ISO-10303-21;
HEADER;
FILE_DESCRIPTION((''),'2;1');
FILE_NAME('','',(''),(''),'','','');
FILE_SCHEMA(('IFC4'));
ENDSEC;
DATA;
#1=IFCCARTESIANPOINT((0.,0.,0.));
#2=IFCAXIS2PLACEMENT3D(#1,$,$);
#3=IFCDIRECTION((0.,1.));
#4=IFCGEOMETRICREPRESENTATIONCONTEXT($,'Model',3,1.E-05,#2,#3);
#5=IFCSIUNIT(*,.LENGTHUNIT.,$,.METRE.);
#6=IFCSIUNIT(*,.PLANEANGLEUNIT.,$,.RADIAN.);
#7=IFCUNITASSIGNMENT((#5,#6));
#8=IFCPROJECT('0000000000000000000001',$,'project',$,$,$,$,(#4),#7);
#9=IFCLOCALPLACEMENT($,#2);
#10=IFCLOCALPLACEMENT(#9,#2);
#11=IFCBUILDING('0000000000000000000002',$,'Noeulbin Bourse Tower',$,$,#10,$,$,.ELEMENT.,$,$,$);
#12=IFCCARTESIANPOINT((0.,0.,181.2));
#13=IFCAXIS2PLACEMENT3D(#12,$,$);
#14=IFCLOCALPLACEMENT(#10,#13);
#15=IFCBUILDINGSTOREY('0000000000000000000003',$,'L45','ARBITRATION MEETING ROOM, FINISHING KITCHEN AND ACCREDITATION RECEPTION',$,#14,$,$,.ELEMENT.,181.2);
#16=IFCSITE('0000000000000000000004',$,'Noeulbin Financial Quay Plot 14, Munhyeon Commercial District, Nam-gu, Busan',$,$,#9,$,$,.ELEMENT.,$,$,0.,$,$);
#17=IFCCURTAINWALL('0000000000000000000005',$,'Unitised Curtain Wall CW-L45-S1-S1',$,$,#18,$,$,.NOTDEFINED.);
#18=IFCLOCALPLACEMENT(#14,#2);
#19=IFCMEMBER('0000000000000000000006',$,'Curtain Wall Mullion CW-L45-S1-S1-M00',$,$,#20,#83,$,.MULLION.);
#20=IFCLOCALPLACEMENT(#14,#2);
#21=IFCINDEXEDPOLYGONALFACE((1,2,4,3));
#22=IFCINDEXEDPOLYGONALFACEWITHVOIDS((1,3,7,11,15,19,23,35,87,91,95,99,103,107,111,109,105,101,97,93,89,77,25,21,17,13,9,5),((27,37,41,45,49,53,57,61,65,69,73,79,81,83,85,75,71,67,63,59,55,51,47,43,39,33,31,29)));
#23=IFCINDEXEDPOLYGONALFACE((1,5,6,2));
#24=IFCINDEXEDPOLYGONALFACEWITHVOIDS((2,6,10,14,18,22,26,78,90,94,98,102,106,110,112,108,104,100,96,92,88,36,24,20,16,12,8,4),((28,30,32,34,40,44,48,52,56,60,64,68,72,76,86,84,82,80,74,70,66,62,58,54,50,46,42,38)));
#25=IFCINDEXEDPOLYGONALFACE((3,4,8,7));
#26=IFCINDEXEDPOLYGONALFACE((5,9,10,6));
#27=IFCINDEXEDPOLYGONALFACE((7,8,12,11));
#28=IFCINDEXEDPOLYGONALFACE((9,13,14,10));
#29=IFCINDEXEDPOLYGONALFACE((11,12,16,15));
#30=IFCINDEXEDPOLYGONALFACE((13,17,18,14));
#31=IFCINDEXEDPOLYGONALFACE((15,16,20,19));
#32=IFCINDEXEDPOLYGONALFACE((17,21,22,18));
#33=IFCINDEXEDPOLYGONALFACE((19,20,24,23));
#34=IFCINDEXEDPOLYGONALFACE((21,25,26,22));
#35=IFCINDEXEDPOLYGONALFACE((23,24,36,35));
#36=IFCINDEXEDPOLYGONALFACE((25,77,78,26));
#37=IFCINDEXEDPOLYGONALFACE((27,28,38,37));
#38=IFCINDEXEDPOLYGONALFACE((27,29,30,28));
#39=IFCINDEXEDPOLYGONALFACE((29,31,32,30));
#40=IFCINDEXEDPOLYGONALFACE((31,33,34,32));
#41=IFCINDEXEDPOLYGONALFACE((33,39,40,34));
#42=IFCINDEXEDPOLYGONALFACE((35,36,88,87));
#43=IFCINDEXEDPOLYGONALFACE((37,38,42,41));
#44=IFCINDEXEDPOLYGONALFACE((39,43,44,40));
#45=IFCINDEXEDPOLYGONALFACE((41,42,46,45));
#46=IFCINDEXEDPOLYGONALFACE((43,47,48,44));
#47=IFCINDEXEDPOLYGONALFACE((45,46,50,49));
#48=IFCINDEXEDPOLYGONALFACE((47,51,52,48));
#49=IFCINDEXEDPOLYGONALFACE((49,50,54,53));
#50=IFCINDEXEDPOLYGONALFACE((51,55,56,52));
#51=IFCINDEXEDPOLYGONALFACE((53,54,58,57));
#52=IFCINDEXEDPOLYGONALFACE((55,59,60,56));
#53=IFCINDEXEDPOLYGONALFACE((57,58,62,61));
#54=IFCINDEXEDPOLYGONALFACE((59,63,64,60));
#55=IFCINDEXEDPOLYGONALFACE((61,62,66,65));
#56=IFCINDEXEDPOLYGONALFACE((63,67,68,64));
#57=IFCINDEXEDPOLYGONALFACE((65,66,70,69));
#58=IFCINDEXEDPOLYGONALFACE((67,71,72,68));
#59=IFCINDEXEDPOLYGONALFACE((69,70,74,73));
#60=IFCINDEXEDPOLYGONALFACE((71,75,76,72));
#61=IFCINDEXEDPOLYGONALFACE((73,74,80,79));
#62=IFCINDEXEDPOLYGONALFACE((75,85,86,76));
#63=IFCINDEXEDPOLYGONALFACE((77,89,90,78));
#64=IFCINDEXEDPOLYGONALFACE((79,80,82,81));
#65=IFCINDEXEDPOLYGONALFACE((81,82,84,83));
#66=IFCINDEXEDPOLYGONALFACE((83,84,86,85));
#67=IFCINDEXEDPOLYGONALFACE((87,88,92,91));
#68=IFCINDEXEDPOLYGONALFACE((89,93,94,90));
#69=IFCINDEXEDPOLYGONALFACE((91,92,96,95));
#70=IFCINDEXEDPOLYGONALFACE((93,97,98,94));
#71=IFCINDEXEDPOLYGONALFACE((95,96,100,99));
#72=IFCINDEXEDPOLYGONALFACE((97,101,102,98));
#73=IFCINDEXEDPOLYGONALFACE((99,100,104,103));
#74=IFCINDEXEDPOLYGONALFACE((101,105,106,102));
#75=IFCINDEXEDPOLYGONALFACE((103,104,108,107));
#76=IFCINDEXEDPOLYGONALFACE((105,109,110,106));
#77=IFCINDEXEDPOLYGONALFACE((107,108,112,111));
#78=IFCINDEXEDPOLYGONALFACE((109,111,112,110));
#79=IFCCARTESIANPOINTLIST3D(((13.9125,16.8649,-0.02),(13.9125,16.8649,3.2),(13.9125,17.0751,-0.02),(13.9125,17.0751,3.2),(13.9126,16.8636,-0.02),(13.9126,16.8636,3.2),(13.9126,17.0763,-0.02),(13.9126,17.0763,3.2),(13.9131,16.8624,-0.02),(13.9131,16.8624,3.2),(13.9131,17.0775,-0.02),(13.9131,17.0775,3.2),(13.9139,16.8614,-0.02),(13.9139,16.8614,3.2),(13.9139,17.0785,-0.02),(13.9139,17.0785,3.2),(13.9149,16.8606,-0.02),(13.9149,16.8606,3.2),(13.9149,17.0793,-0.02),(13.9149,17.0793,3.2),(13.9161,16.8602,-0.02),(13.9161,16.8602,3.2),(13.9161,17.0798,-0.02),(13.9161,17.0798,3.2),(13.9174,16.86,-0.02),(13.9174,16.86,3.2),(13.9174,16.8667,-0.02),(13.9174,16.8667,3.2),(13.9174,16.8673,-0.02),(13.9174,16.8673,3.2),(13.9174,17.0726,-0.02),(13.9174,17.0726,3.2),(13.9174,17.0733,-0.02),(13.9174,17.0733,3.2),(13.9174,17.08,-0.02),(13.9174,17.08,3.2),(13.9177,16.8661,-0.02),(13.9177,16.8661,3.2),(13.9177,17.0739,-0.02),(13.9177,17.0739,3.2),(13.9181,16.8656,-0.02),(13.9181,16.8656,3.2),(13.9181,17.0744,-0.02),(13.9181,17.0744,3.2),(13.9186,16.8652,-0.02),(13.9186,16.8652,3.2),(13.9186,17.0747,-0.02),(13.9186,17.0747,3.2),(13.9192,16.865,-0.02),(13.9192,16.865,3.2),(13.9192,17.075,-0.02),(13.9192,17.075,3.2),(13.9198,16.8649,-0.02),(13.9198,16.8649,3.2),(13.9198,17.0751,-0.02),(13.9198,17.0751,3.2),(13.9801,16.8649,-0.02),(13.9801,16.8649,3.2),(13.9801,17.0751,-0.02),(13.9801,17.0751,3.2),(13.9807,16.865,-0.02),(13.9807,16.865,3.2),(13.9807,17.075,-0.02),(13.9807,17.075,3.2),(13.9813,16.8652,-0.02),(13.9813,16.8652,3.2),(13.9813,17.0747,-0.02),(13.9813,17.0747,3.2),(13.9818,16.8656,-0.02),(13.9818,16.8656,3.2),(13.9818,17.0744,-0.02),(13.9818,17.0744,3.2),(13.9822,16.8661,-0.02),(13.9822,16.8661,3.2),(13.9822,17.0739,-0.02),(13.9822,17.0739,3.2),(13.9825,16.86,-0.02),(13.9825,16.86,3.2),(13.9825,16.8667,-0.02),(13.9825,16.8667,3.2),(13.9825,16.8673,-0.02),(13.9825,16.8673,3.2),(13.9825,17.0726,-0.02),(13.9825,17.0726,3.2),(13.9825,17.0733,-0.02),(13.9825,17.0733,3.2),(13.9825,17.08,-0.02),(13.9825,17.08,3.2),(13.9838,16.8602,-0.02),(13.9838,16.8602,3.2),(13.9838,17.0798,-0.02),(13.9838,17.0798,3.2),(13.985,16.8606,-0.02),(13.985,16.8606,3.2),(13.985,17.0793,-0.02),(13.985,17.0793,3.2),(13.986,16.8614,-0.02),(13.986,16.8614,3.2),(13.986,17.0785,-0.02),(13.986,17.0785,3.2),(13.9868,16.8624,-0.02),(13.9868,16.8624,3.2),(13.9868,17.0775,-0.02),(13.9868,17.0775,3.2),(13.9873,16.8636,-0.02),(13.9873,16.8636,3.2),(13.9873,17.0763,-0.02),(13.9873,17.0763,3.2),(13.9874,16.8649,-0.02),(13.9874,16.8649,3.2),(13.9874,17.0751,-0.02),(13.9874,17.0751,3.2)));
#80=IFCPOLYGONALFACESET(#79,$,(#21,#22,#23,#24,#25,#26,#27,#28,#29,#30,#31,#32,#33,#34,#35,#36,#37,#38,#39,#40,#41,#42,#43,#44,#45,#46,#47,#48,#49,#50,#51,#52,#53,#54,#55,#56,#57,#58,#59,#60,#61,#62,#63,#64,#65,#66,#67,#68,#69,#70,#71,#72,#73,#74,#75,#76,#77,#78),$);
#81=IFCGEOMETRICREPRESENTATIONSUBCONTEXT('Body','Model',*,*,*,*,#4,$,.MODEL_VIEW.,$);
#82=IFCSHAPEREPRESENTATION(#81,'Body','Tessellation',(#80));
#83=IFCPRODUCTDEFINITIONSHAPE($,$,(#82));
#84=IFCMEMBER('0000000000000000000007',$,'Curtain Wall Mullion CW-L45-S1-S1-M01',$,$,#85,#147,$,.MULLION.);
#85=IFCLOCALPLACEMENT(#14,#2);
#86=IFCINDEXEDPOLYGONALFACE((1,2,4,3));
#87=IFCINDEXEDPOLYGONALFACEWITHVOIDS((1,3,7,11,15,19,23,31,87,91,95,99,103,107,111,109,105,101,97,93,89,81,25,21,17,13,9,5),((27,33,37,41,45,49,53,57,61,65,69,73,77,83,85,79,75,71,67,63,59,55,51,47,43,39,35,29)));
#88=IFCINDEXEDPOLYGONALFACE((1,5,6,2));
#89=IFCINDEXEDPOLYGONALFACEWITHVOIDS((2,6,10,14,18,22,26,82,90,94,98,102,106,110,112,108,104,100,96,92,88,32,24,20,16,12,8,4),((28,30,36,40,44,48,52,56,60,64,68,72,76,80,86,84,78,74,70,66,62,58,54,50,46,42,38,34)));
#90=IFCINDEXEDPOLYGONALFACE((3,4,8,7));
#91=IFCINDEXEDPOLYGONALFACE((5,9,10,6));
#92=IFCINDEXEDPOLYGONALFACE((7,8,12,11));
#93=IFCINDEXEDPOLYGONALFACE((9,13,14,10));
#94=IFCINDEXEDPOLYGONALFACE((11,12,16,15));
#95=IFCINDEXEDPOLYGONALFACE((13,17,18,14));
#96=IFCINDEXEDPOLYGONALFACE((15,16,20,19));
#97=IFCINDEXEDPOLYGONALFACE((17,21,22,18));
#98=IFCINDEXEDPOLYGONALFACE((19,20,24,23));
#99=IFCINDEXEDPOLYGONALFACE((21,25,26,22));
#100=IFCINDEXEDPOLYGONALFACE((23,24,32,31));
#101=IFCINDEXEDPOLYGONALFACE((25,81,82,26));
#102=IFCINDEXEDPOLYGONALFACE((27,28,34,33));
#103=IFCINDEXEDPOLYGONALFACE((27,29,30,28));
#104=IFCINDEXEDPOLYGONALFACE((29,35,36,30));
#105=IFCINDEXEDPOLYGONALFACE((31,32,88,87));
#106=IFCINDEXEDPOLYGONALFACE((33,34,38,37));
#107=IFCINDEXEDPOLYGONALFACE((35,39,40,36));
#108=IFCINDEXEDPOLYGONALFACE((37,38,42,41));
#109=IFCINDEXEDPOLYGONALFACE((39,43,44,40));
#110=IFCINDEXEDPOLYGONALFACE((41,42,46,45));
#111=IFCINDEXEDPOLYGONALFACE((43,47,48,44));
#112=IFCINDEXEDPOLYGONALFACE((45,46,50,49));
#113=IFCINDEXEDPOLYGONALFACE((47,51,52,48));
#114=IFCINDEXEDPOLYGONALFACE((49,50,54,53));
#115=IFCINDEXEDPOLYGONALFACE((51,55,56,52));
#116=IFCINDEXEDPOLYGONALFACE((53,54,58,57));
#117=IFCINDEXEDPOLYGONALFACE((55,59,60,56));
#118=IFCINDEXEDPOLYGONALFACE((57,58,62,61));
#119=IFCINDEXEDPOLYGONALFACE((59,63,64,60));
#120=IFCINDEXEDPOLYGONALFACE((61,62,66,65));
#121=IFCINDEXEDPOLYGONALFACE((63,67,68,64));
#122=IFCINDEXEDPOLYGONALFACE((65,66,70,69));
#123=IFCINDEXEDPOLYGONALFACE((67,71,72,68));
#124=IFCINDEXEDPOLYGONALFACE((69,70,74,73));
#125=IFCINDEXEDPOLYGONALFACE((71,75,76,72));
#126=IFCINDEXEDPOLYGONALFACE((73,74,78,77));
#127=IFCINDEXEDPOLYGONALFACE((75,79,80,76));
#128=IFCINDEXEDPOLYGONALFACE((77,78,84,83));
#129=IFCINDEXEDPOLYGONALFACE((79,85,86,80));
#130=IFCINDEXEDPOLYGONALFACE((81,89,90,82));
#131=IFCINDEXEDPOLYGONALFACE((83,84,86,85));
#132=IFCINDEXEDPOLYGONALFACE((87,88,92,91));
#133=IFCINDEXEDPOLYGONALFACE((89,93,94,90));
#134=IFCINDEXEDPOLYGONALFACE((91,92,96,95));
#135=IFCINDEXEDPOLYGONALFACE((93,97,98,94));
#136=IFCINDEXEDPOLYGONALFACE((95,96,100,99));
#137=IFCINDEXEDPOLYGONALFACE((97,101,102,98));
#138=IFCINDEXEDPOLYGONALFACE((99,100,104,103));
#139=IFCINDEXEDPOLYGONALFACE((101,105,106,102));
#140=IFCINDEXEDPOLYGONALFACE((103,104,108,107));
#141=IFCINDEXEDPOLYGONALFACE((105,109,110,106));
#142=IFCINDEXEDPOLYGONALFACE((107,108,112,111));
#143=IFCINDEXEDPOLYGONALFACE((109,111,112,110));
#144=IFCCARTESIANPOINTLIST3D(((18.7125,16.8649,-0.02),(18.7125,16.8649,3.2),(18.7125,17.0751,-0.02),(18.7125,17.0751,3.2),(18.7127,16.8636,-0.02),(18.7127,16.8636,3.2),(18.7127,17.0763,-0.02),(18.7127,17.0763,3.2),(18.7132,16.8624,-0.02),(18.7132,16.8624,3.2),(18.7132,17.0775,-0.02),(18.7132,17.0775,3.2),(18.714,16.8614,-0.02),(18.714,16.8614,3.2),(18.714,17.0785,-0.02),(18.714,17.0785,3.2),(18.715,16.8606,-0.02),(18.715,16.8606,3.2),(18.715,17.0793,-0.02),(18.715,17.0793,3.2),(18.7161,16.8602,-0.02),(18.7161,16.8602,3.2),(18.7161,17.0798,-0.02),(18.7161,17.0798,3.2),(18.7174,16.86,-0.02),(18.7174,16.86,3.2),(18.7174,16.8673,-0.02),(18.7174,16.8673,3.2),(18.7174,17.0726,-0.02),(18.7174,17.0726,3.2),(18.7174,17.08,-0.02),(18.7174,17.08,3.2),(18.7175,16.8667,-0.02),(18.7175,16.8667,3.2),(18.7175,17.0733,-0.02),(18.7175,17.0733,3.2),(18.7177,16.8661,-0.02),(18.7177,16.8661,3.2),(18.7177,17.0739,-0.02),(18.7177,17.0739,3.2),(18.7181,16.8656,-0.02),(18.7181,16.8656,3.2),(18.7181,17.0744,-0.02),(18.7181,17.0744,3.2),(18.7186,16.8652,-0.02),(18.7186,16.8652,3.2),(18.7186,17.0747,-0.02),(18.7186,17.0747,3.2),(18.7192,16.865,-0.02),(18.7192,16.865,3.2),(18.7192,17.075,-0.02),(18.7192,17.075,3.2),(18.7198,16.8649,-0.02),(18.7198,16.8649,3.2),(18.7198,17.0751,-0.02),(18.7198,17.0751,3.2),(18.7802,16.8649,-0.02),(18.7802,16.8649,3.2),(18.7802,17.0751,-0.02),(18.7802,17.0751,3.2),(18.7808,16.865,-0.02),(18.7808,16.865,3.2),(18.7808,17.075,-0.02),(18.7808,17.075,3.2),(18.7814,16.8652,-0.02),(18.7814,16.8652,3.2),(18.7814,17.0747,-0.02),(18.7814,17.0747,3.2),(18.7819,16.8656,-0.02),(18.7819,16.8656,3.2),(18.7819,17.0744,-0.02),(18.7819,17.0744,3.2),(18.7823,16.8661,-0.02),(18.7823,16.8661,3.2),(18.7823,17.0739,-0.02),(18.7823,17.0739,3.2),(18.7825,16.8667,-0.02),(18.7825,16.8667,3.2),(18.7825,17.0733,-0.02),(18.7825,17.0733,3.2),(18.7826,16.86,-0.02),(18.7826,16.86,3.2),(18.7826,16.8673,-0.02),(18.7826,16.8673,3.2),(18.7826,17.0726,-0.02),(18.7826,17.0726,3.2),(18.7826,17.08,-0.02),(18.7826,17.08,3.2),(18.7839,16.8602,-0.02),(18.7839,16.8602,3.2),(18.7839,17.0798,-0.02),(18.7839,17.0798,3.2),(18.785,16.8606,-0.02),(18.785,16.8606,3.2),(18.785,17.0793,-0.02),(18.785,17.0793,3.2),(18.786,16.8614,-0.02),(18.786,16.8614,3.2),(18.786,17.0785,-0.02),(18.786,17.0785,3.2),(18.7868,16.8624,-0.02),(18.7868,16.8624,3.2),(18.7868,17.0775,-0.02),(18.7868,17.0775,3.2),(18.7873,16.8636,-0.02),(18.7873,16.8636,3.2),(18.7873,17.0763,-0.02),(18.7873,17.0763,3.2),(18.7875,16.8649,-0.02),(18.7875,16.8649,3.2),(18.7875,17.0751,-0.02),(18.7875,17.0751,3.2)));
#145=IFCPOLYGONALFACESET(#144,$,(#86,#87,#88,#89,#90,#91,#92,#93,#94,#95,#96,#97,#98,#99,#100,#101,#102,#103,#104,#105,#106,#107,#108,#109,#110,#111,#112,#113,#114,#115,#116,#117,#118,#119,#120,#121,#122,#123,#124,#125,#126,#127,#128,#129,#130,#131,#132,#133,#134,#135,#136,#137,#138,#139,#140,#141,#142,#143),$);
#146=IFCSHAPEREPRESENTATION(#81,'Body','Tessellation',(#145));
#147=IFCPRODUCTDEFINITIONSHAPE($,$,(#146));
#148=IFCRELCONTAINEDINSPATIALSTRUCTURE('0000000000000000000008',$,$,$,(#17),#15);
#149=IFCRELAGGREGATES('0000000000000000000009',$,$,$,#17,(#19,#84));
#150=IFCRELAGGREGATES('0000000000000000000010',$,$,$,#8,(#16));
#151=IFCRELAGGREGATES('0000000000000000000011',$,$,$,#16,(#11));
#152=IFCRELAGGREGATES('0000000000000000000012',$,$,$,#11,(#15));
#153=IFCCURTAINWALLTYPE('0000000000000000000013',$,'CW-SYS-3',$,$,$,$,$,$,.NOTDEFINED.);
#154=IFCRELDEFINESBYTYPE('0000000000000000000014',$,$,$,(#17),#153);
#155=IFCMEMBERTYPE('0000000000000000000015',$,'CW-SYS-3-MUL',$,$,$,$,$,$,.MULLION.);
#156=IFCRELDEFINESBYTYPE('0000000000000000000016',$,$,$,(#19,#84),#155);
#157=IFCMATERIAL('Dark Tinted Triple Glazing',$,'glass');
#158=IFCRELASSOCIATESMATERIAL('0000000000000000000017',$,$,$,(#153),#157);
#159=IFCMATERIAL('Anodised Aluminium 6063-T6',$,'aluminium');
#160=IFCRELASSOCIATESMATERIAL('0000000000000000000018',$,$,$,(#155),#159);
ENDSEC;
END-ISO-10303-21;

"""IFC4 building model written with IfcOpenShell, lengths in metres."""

from ifc_helpers import new_model, si_unit, direction, frame, origin, origin_2d, place, context, subcontext, project, spatial, hollow_rectangle, extrude, material, material_profile, profile_set, type_object, element, aggregate, save


model = new_model("IFC4")

# Units and contexts
model_context = context("Model", 3, precision=1e-05, world=origin(), true_north=direction((0.0, 1.0)))
body_context = subcontext(model_context, "Body", "Model", "MODEL_VIEW")
ifc_project = project(units=[si_unit("LENGTHUNIT", "METRE"), si_unit("PLANEANGLEUNIT", "RADIAN")], contexts=[model_context])

# Site, building, storey
site_placement = place(None, origin())
site = spatial("IfcSite", under=ifc_project, at=site_placement, Name="Noeulbin Financial Quay Plot 14, Munhyeon Commercial District, Nam-gu, Busan", CompositionType="ELEMENT", RefElevation=0.0)
building_placement = place(site_placement, origin())
building = spatial("IfcBuilding", under=site, at=building_placement, Name="Noeulbin Bourse Tower", CompositionType="ELEMENT")
storey_placement = place(building_placement, frame((0.0, 0.0, 181.2)))
storey = spatial("IfcBuildingStorey", under=building, at=storey_placement, Name="L45", Description="ARBITRATION MEETING ROOM, FINISHING KITCHEN AND ACCREDITATION RECEPTION", CompositionType="ELEMENT", Elevation=181.2)

# Curtain wall, members
ifc_material_1 = material(Name="Dark Tinted Triple Glazing", Category="glass")
curtain_wall_type = type_object("IfcCurtainWallType", Name="CW-SYS-3", PredefinedType="NOTDEFINED", material=ifc_material_1)
curtain_wall_placement = place(storey_placement, origin())
curtain_wall = element("IfcCurtainWall", 1, at=curtain_wall_placement, inside=storey, type_object=curtain_wall_type, Name="Unitised Curtain Wall CW-L45-S1-S1", PredefinedType="NOTDEFINED")
ifc_material_2 = material(Name="Anodised Aluminium 6063-T6", Category="aluminium")
ifc_material_profile_1 = material_profile(ifc_material_2, hollow_rectangle(XDim=0.075, YDim=0.22, WallThickness=0.0049, InnerFilletRadius=0.0024, OuterFilletRadius=0.0049, at=origin_2d()), Name="ALU-MULL-75x220x5", Category="LoadBearing")
ifc_profile_set_1 = profile_set([ifc_material_profile_1], Name="Anodised Aluminium 6063-T6")
member_type_1 = type_object("IfcMemberType", Name="CW-SYS-3-MUL", PredefinedType="MULLION", material=ifc_profile_set_1)
member_1_placement = place(storey_placement, frame((13.95, 16.97, -0.02), z_axis=(0.0, 0.0, 1.0), x_axis=(1.0, 0.0, 0.0)))
member_1 = element("IfcMember", 2, at=member_1_placement, type_object=member_type_1, Name="Curtain Wall Mullion CW-L45-S1-S1-M00", PredefinedType="MULLION", context=body_context, shape_type="SweptSolid", body=[
    extrude(hollow_rectangle(XDim=0.075, YDim=0.22, WallThickness=0.0049, InnerFilletRadius=0.0024, OuterFilletRadius=0.0049, at=origin_2d()), origin(), (0.0, 0.0, 1.0), 3.22),
])
member_2_placement = place(storey_placement, frame((18.75, 16.97, -0.02), z_axis=(0.0, 0.0, 1.0), x_axis=(1.0, 0.0, 0.0)))
member_2 = element("IfcMember", 3, at=member_2_placement, type_object=member_type_1, Name="Curtain Wall Mullion CW-L45-S1-S1-M01", PredefinedType="MULLION", context=body_context, shape_type="SweptSolid", body=[
    extrude(hollow_rectangle(XDim=0.075, YDim=0.22, WallThickness=0.0049, InnerFilletRadius=0.0024, OuterFilletRadius=0.0049, at=origin_2d()), origin(), (0.0, 0.0, 1.0), 3.22),
])
aggregate(curtain_wall, [member_1, member_2])

save(model, "model.ifc")
